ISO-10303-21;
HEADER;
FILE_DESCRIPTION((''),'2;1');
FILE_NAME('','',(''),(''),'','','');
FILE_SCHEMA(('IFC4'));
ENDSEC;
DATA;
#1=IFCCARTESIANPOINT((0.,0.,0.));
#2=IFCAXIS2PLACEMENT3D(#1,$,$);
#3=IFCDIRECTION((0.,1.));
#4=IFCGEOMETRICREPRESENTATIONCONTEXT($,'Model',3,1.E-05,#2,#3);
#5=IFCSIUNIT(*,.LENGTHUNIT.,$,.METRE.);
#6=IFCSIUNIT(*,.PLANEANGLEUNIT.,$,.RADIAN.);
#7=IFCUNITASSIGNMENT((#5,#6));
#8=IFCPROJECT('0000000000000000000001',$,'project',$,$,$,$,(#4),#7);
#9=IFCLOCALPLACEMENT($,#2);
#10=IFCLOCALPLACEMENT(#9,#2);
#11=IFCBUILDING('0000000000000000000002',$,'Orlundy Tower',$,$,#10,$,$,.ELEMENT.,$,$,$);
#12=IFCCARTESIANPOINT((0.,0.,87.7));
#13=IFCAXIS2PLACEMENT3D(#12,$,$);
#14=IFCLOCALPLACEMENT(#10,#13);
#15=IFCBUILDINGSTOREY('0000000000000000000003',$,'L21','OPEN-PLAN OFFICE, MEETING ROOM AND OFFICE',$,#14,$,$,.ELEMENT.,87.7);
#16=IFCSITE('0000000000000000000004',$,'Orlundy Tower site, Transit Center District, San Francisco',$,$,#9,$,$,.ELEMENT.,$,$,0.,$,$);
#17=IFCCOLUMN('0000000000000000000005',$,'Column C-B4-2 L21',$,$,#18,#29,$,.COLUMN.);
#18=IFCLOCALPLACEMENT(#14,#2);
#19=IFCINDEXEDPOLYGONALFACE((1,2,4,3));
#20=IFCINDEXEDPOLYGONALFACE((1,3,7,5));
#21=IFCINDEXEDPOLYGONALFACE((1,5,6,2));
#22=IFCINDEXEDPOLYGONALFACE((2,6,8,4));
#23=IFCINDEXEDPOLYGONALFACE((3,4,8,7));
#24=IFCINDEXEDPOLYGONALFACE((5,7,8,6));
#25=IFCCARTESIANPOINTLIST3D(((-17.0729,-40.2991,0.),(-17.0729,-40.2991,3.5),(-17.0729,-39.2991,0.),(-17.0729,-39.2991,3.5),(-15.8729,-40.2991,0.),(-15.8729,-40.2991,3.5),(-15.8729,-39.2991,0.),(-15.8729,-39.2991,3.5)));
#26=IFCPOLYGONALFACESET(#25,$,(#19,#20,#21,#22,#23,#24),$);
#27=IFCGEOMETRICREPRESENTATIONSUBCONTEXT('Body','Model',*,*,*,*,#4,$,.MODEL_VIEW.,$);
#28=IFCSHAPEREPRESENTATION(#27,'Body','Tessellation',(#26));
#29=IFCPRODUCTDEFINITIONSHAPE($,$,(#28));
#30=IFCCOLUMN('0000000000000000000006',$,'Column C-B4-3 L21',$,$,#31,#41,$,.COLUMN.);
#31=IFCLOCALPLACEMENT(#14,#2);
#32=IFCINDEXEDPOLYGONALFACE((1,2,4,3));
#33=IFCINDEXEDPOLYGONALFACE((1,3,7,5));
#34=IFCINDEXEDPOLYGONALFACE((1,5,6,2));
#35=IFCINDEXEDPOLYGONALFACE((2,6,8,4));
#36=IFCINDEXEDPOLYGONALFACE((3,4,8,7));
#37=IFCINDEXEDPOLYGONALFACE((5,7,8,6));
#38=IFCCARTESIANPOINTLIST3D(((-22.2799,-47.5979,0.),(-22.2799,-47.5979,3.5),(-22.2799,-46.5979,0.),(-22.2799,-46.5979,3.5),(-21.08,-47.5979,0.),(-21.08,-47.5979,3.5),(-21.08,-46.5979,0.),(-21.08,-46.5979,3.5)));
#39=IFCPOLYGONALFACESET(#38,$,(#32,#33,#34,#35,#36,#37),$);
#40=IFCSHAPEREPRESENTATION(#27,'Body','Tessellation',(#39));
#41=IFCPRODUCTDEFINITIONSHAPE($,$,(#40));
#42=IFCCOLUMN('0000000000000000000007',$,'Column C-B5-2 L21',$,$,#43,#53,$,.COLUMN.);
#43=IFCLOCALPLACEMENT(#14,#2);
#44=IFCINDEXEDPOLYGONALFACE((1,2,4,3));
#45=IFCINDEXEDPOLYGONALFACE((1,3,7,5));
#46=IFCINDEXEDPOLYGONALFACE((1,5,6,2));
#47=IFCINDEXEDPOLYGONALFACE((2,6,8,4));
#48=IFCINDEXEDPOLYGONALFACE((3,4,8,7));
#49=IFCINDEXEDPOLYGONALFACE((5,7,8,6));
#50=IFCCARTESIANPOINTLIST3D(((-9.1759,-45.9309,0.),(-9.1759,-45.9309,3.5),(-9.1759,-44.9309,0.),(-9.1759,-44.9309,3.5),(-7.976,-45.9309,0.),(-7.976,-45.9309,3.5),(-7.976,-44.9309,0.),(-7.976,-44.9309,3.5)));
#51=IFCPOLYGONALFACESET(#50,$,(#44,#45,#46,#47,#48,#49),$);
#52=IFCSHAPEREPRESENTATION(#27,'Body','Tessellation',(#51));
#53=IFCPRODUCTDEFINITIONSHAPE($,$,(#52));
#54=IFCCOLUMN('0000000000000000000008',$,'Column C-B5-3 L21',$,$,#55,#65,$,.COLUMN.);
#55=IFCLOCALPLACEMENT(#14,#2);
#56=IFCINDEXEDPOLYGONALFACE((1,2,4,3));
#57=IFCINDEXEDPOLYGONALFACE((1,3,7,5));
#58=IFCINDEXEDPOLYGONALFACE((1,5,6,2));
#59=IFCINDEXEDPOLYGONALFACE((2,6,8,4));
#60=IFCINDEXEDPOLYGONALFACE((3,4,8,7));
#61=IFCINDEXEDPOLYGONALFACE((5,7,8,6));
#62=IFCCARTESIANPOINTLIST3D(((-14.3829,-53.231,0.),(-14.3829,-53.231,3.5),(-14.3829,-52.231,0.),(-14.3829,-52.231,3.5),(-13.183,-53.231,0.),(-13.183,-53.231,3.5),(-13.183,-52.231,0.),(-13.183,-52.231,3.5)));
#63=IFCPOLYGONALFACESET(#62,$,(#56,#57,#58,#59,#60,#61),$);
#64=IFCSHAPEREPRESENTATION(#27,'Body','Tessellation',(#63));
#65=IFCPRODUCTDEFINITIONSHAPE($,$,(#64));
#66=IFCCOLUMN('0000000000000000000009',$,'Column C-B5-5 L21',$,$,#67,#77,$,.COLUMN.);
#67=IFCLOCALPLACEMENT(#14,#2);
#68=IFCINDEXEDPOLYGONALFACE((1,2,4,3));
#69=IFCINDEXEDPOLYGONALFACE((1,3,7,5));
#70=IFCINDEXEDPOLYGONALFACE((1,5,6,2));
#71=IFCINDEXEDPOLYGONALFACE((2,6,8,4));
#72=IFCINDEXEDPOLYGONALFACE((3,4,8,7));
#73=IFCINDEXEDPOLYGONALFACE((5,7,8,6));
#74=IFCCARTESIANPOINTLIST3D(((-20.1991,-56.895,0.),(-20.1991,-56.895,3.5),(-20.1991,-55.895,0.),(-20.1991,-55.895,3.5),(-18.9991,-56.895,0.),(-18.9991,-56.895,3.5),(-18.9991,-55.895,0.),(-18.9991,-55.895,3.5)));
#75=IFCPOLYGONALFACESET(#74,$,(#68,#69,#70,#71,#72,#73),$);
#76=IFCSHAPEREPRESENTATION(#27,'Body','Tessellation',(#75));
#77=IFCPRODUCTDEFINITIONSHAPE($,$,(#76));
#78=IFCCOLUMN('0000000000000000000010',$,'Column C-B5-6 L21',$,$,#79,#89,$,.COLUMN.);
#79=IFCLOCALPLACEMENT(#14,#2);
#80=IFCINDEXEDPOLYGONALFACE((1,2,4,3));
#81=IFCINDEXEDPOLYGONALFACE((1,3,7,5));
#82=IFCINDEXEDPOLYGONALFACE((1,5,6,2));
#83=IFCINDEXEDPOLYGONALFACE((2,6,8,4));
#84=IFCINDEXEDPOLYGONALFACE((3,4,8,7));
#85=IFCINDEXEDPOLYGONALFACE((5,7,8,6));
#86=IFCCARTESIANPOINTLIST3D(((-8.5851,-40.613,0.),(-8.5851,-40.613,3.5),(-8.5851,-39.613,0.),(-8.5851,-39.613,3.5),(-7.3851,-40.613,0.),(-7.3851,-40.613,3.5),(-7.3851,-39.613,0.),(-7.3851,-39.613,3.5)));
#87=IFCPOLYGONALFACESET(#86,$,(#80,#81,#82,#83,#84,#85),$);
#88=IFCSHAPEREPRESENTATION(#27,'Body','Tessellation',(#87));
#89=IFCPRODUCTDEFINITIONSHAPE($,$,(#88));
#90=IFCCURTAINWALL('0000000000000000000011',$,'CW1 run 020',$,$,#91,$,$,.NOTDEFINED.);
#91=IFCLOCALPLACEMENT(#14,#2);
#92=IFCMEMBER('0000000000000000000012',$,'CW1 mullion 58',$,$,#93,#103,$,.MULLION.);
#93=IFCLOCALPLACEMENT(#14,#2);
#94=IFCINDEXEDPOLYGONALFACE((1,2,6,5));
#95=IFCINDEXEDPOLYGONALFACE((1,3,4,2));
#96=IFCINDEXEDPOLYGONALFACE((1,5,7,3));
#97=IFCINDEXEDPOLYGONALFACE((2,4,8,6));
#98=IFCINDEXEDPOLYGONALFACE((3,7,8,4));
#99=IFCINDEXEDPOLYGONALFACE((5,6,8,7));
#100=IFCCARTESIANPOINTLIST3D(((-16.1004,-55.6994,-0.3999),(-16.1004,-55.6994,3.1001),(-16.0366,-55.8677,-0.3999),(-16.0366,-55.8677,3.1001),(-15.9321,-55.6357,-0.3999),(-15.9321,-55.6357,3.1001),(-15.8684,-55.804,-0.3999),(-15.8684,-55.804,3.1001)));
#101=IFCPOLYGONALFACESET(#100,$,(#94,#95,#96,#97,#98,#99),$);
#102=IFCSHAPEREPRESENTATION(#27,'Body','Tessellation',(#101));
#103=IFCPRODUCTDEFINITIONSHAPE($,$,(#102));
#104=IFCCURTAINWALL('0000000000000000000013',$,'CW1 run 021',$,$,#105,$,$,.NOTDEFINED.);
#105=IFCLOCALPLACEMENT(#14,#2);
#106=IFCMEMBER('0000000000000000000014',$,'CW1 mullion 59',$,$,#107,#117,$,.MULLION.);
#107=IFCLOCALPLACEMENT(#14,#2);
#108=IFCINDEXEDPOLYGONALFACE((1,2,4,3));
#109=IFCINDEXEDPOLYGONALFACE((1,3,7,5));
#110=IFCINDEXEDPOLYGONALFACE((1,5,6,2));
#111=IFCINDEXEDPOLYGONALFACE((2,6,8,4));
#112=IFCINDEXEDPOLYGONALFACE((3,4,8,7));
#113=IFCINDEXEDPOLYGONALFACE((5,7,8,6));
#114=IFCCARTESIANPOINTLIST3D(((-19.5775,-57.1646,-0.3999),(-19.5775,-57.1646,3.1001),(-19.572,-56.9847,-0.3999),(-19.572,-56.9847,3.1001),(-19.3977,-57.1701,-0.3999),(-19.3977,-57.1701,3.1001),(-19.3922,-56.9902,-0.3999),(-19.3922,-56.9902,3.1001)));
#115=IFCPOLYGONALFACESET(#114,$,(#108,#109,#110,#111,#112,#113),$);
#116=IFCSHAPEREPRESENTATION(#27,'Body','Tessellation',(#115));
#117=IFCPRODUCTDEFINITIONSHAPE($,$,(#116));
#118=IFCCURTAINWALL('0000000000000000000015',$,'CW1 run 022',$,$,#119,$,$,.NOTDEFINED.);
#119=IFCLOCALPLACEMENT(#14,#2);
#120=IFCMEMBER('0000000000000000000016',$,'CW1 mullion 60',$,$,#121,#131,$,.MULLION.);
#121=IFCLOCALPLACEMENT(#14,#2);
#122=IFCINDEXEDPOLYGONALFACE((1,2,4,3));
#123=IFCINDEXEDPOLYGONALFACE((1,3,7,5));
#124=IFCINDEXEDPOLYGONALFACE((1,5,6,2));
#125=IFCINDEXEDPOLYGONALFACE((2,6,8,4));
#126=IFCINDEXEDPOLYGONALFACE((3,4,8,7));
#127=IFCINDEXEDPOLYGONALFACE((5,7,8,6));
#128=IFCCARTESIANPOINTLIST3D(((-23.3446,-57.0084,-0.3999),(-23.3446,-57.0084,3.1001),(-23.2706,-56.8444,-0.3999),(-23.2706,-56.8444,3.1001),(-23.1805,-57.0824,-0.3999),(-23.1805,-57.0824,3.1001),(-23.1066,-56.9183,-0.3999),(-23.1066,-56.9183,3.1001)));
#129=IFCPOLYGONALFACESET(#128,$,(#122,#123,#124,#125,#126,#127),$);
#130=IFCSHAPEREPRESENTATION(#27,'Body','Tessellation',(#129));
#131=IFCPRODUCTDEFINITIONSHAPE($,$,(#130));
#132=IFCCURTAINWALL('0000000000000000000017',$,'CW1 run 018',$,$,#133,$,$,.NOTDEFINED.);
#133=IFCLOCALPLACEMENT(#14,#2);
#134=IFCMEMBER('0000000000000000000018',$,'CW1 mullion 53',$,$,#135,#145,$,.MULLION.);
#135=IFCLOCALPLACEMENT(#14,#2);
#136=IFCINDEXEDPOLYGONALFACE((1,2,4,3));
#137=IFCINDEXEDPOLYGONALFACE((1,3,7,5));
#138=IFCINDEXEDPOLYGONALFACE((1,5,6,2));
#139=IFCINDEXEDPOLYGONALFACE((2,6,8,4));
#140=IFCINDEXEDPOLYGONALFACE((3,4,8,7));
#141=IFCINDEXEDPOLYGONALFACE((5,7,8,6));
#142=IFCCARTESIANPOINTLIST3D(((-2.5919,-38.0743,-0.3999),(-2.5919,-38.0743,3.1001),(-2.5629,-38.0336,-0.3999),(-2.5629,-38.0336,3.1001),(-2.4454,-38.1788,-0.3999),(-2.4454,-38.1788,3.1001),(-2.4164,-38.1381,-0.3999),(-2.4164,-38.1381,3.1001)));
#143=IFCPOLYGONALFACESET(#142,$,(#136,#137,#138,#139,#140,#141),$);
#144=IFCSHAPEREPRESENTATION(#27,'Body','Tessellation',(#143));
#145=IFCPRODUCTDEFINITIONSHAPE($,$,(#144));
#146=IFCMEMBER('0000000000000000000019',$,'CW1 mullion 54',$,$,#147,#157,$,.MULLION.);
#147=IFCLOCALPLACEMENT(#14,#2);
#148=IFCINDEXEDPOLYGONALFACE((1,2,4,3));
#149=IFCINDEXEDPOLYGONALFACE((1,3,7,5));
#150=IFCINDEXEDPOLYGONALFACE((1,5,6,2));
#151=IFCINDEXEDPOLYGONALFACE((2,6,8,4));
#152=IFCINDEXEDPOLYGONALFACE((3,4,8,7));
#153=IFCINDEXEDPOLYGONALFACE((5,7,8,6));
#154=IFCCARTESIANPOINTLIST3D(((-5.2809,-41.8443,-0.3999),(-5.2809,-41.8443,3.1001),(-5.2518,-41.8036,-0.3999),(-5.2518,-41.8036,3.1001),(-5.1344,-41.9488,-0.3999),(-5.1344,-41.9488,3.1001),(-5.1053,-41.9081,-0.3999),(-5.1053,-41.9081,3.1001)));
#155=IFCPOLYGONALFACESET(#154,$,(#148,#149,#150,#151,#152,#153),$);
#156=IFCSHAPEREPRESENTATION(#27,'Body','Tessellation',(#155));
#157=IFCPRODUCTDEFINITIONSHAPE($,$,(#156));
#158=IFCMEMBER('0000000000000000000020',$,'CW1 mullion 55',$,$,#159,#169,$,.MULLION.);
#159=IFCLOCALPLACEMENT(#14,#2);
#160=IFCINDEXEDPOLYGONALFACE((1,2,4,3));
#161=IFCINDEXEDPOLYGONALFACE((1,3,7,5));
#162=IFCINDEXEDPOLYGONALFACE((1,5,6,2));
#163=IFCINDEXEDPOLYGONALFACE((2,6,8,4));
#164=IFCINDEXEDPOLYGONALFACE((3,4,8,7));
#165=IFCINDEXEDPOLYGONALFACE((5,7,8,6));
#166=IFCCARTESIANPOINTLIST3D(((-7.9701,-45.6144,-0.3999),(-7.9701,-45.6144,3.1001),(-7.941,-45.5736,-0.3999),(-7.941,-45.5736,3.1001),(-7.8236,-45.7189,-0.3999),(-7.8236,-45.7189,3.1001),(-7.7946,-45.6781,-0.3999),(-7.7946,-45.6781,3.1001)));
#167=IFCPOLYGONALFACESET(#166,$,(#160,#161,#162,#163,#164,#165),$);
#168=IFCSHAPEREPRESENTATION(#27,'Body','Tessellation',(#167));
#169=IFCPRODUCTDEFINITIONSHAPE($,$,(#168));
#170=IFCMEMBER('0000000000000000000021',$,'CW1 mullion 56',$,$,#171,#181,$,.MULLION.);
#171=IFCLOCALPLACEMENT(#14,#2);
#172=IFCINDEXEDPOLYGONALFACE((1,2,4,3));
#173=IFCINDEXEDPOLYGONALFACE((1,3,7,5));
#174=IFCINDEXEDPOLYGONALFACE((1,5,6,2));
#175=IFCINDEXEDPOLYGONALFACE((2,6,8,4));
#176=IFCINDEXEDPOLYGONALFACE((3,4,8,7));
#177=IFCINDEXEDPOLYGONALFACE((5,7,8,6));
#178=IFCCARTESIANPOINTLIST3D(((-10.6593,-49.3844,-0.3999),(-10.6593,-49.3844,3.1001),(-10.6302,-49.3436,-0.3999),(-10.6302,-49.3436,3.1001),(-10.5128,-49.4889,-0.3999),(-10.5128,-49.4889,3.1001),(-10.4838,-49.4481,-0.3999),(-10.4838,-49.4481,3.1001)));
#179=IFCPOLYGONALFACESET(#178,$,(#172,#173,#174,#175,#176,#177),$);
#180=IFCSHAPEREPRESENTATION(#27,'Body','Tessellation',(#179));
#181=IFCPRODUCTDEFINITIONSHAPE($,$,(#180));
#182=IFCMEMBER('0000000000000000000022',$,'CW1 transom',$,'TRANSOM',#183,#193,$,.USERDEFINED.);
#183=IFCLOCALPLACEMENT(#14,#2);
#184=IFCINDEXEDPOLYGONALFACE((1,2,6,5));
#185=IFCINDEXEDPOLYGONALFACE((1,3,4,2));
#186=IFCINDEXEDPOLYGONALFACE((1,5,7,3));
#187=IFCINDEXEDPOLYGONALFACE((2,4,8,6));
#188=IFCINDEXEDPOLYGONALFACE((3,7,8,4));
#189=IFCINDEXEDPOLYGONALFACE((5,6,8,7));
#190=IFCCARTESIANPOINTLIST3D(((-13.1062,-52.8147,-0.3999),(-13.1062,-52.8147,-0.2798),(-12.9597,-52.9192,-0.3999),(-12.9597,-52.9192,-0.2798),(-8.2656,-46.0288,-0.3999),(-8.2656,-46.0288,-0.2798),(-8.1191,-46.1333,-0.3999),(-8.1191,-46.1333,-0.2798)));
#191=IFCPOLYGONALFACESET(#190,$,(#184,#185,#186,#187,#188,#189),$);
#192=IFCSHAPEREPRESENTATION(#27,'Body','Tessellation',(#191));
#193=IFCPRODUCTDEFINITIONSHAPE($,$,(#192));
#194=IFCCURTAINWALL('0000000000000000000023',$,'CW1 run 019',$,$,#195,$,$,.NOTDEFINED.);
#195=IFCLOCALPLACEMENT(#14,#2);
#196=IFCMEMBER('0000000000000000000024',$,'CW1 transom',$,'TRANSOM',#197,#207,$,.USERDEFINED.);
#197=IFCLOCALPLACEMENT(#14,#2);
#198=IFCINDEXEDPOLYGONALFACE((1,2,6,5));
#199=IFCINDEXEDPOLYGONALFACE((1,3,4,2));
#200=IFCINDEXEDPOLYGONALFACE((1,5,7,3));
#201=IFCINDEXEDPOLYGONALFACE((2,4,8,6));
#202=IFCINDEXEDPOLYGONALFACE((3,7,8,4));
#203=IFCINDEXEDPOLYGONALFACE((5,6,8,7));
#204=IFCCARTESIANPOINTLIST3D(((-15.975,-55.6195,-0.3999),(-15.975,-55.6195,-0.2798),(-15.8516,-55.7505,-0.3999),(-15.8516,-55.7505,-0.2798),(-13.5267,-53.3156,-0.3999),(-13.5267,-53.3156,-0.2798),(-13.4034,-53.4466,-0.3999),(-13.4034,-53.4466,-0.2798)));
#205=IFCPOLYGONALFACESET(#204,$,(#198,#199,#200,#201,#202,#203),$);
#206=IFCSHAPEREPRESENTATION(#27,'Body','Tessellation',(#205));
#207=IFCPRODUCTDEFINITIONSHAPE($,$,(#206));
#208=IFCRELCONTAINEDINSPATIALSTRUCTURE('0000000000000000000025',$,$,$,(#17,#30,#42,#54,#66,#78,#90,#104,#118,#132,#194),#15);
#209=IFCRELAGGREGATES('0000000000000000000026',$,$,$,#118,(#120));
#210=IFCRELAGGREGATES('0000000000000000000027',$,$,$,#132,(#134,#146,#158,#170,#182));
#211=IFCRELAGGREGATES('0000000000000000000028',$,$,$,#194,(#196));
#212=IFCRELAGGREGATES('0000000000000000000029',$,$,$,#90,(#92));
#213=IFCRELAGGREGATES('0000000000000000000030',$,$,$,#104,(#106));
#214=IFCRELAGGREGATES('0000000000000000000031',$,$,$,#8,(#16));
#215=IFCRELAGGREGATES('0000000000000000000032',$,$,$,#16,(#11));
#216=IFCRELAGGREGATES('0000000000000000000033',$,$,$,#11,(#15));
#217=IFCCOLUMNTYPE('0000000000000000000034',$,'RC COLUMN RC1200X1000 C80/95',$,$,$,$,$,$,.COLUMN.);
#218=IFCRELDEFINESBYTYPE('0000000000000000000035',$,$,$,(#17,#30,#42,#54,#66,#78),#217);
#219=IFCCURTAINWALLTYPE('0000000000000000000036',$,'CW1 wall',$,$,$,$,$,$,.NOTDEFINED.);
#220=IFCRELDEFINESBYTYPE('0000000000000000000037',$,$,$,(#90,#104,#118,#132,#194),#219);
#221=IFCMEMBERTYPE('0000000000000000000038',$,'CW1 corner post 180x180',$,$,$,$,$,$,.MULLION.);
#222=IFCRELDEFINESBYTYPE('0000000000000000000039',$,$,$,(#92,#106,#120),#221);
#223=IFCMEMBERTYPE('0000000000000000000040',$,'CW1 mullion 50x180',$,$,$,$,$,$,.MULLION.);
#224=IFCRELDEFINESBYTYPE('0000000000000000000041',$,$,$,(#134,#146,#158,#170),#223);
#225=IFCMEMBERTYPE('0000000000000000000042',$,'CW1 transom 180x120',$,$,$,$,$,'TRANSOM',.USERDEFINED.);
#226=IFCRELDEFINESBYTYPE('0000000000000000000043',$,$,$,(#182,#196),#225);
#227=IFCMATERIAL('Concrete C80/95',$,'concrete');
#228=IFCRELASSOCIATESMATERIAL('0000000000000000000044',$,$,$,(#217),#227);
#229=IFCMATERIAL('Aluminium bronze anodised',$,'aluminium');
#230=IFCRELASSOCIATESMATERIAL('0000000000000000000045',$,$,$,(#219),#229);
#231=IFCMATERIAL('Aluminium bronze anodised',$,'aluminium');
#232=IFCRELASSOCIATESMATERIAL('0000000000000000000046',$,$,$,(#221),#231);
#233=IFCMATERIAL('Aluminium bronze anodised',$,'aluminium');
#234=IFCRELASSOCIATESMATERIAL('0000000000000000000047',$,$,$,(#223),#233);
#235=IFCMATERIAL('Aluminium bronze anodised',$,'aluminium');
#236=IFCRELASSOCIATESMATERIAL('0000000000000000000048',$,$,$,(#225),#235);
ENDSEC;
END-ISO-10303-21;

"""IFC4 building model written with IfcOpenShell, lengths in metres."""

from ifc_helpers import new_model, si_unit, direction, frame, origin, origin_2d, place, context, subcontext, project, spatial, rectangle, extrude, material, material_profile, profile_set, type_object, element, aggregate, save


model = new_model("IFC4")

# Units and contexts
model_context = context("Model", 3, precision=1e-05, world=origin(), true_north=direction((0.0, 1.0)))
body_context = subcontext(model_context, "Body", "Model", "MODEL_VIEW")
ifc_project = project(units=[si_unit("LENGTHUNIT", "METRE"), si_unit("PLANEANGLEUNIT", "RADIAN")], contexts=[model_context])

# Site, building, storey
site_placement = place(None, origin())
site = spatial("IfcSite", under=ifc_project, at=site_placement, Name="Orlundy Tower site, Transit Center District, San Francisco", CompositionType="ELEMENT", RefElevation=0.0)
building_placement = place(site_placement, origin())
building = spatial("IfcBuilding", under=site, at=building_placement, Name="Orlundy Tower", CompositionType="ELEMENT")
storey_placement = place(building_placement, frame((0.0, 0.0, 87.7)))
storey = spatial("IfcBuildingStorey", under=building, at=storey_placement, Name="L21", Description="OPEN-PLAN OFFICE, MEETING ROOM AND OFFICE", CompositionType="ELEMENT", Elevation=87.7)

# Columns
ifc_material_1 = material(Name="Concrete C80/95", Category="concrete")
ifc_material_profile_1 = material_profile(ifc_material_1, rectangle(XDim=1.2, YDim=1.0, at=origin_2d()), Name="RC1200X1000")
ifc_profile_set_1 = profile_set([ifc_material_profile_1], Name="Concrete C80/95")
column_type = type_object("IfcColumnType", Name="RC COLUMN RC1200X1000 C80/95", PredefinedType="COLUMN", material=ifc_profile_set_1)
for number, where, z_axis, x_axis, name in (
    (1, (-16.4729, -39.7991, 0.0), (0.0, 0.0, 1.0), (1.0, 0.0, 0.0), "Column C-B4-2 L21"),
    (2, (-21.6799, -47.0979, 0.0), (0.0, 0.0, 1.0), (1.0, 0.0, 0.0), "Column C-B4-3 L21"),
    (3, (-8.5759, -45.4309, 0.0), (0.0, 0.0, 1.0), (1.0, 0.0, 0.0), "Column C-B5-2 L21"),
    (4, (-13.783, -52.731, 0.0), (0.0, 0.0, 1.0), (1.0, 0.0, 0.0), "Column C-B5-3 L21"),
    (5, (-19.5991, -56.395, 0.0), (0.0, 0.0, 1.0), (1.0, 0.0, 0.0), "Column C-B5-5 L21"),
    (6, (-7.9851, -40.113, 0.0), (0.0, 0.0, 1.0), (1.0, 0.0, 0.0), "Column C-B5-6 L21"),
):
    element("IfcColumn", number, at=place(storey_placement, frame(where, z_axis=z_axis, x_axis=x_axis)), inside=storey, type_object=column_type, Name=name, PredefinedType="COLUMN", context=body_context, shape_type="SweptSolid", body=[
        extrude(rectangle(XDim=1.2, YDim=1.0, at=origin_2d()), origin(), (0.0, 0.0, 1.0), 3.5),
    ])

# Curtain walls, members
ifc_material_2 = material(Name="Aluminium bronze anodised", Category="aluminium")
curtain_wall_type = type_object("IfcCurtainWallType", Name="CW1 wall", PredefinedType="NOTDEFINED", material=ifc_material_2)
curtain_wall_1_placement = place(storey_placement, origin())
curtain_wall_1 = element("IfcCurtainWall", 7, at=curtain_wall_1_placement, inside=storey, type_object=curtain_wall_type, Name="CW1 run 020", PredefinedType="NOTDEFINED")
ifc_material_3 = material(Name="Aluminium bronze anodised", Category="aluminium")
ifc_material_profile_2 = material_profile(ifc_material_3, rectangle(XDim=0.1799, YDim=0.1799, at=origin_2d()), Name="CW1 corner post 180x180")
ifc_profile_set_2 = profile_set([ifc_material_profile_2], Name="Aluminium bronze anodised")
member_type_1 = type_object("IfcMemberType", Name="CW1 corner post 180x180", PredefinedType="MULLION", material=ifc_profile_set_2)
member_1_placement = place(storey_placement, frame((-15.9844, -55.7517, -0.3999), z_axis=(0.0, 0.0, 1.0), x_axis=(0.354166, -0.935182, 0.0)))
member_1 = element("IfcMember", 8, at=member_1_placement, type_object=member_type_1, Name="CW1 mullion 58", PredefinedType="MULLION", context=body_context, shape_type="SweptSolid", body=[
    extrude(rectangle(XDim=0.1799, YDim=0.1799, at=origin_2d()), origin(), (0.0, 0.0, 1.0), 3.5),
])
curtain_wall_2_placement = place(storey_placement, origin())
curtain_wall_2 = element("IfcCurtainWall", 9, at=curtain_wall_2_placement, inside=storey, type_object=curtain_wall_type, Name="CW1 run 021", PredefinedType="NOTDEFINED")
member_2_placement = place(storey_placement, frame((-19.4849, -57.0774, -0.3999), z_axis=(0.0, 0.0, 1.0), x_axis=(-0.030485, -0.999535, 0.0)))
member_2 = element("IfcMember", 10, at=member_2_placement, type_object=member_type_1, Name="CW1 mullion 59", PredefinedType="MULLION", context=body_context, shape_type="SweptSolid", body=[
    extrude(rectangle(XDim=0.1799, YDim=0.1799, at=origin_2d()), origin(), (0.0, 0.0, 1.0), 3.5),
])
curtain_wall_3_placement = place(storey_placement, origin())
curtain_wall_3 = element("IfcCurtainWall", 11, at=curtain_wall_3_placement, inside=storey, type_object=curtain_wall_type, Name="CW1 run 022", PredefinedType="NOTDEFINED")
member_3_placement = place(storey_placement, frame((-23.2256, -56.9634, -0.3999), z_axis=(0.0, 0.0, 1.0), x_axis=(-0.410914, -0.911674, 0.0)))
member_3 = element("IfcMember", 12, at=member_3_placement, type_object=member_type_1, Name="CW1 mullion 60", PredefinedType="MULLION", context=body_context, shape_type="SweptSolid", body=[
    extrude(rectangle(XDim=0.1799, YDim=0.1799, at=origin_2d()), origin(), (0.0, 0.0, 1.0), 3.5),
])

# Curtain wall, members
curtain_wall_4_placement = place(storey_placement, origin())
curtain_wall_4 = element("IfcCurtainWall", 13, at=curtain_wall_4_placement, inside=storey, type_object=curtain_wall_type, Name="CW1 run 018", PredefinedType="NOTDEFINED")
ifc_material_4 = material(Name="Aluminium bronze anodised", Category="aluminium")
ifc_material_profile_3 = material_profile(ifc_material_4, rectangle(XDim=0.1799, YDim=0.05, at=origin_2d()), Name="CW1 mullion 50x180")
ifc_profile_set_3 = profile_set([ifc_material_profile_3], Name="Aluminium bronze anodised")
member_type_2 = type_object("IfcMemberType", Name="CW1 mullion 50x180", PredefinedType="MULLION", material=ifc_profile_set_3)
member_4_placement = place(storey_placement, frame((-2.5042, -38.1062, -0.3999), z_axis=(0.0, 0.0, 1.0), x_axis=(0.81411, -0.58071, 0.0)))
member_4 = element("IfcMember", 14, at=member_4_placement, type_object=member_type_2, Name="CW1 mullion 53", PredefinedType="MULLION", context=body_context, shape_type="SweptSolid", body=[
    extrude(rectangle(XDim=0.1799, YDim=0.05, at=origin_2d()), origin(), (0.0, 0.0, 1.0), 3.5),
])
member_5_placement = place(storey_placement, frame((-5.1931, -41.8762, -0.3999), z_axis=(0.0, 0.0, 1.0), x_axis=(0.81411, -0.58071, 0.0)))
member_5 = element("IfcMember", 15, at=member_5_placement, type_object=member_type_2, Name="CW1 mullion 54", PredefinedType="MULLION", context=body_context, shape_type="SweptSolid", body=[
    extrude(rectangle(XDim=0.1799, YDim=0.05, at=origin_2d()), origin(), (0.0, 0.0, 1.0), 3.5),
])
member_6_placement = place(storey_placement, frame((-7.8823, -45.6462, -0.3999), z_axis=(0.0, 0.0, 1.0), x_axis=(0.81411, -0.58071, 0.0)))
member_6 = element("IfcMember", 16, at=member_6_placement, type_object=member_type_2, Name="CW1 mullion 55", PredefinedType="MULLION", context=body_context, shape_type="SweptSolid", body=[
    extrude(rectangle(XDim=0.1799, YDim=0.05, at=origin_2d()), origin(), (0.0, 0.0, 1.0), 3.5),
])
member_7_placement = place(storey_placement, frame((-10.5715, -49.4163, -0.3999), z_axis=(0.0, 0.0, 1.0), x_axis=(0.81411, -0.58071, 0.0)))
member_7 = element("IfcMember", 17, at=member_7_placement, type_object=member_type_2, Name="CW1 mullion 56", PredefinedType="MULLION", context=body_context, shape_type="SweptSolid", body=[
    extrude(rectangle(XDim=0.1799, YDim=0.05, at=origin_2d()), origin(), (0.0, 0.0, 1.0), 3.5),
])
ifc_material_5 = material(Name="Aluminium bronze anodised", Category="aluminium")
ifc_material_profile_4 = material_profile(ifc_material_5, rectangle(XDim=0.1799, YDim=0.1201, at=origin_2d()), Name="CW1 transom 180x120")
ifc_profile_set_4 = profile_set([ifc_material_profile_4], Name="Aluminium bronze anodised")
member_type_3 = type_object("IfcMemberType", Name="CW1 transom 180x120", ElementType="TRANSOM", PredefinedType="USERDEFINED", material=ifc_profile_set_4)
member_8_placement = place(storey_placement, frame((-8.1924, -46.0811, -0.3398), z_axis=(-0.580723, -0.814101, 0.0), x_axis=(0.814101, -0.580723, 0.0)))
member_8 = element("IfcMember", 18, at=member_8_placement, type_object=member_type_3, Name="CW1 transom", ObjectType="TRANSOM", PredefinedType="USERDEFINED", context=body_context, shape_type="SweptSolid", body=[
    extrude(rectangle(XDim=0.1799, YDim=0.1201, at=origin_2d()), origin(), (0.0, 0.0, 1.0), 8.3354),
])

# Curtain wall, member
curtain_wall_5_placement = place(storey_placement, origin())
curtain_wall_5 = element("IfcCurtainWall", 19, at=curtain_wall_5_placement, inside=storey, type_object=curtain_wall_type, Name="CW1 run 019", PredefinedType="NOTDEFINED")
member_9_placement = place(storey_placement, frame((-13.4651, -53.3811, -0.3398), z_axis=(-0.72824, -0.685322, 0.0), x_axis=(0.685322, -0.72824, 0.0)))
member_9 = element("IfcMember", 20, at=member_9_placement, type_object=member_type_3, Name="CW1 transom", ObjectType="TRANSOM", PredefinedType="USERDEFINED", context=body_context, shape_type="SweptSolid", body=[
    extrude(rectangle(XDim=0.1799, YDim=0.1201, at=origin_2d()), origin(), (0.0, 0.0, 1.0), 3.3618),
])

aggregate(curtain_wall_3, [member_3])

aggregate(curtain_wall_4, [member_4, member_5, member_6, member_7, member_8])
aggregate(curtain_wall_5, [member_9])
aggregate(curtain_wall_1, [member_1])
aggregate(curtain_wall_2, [member_2])

save(model, "model.ifc")
